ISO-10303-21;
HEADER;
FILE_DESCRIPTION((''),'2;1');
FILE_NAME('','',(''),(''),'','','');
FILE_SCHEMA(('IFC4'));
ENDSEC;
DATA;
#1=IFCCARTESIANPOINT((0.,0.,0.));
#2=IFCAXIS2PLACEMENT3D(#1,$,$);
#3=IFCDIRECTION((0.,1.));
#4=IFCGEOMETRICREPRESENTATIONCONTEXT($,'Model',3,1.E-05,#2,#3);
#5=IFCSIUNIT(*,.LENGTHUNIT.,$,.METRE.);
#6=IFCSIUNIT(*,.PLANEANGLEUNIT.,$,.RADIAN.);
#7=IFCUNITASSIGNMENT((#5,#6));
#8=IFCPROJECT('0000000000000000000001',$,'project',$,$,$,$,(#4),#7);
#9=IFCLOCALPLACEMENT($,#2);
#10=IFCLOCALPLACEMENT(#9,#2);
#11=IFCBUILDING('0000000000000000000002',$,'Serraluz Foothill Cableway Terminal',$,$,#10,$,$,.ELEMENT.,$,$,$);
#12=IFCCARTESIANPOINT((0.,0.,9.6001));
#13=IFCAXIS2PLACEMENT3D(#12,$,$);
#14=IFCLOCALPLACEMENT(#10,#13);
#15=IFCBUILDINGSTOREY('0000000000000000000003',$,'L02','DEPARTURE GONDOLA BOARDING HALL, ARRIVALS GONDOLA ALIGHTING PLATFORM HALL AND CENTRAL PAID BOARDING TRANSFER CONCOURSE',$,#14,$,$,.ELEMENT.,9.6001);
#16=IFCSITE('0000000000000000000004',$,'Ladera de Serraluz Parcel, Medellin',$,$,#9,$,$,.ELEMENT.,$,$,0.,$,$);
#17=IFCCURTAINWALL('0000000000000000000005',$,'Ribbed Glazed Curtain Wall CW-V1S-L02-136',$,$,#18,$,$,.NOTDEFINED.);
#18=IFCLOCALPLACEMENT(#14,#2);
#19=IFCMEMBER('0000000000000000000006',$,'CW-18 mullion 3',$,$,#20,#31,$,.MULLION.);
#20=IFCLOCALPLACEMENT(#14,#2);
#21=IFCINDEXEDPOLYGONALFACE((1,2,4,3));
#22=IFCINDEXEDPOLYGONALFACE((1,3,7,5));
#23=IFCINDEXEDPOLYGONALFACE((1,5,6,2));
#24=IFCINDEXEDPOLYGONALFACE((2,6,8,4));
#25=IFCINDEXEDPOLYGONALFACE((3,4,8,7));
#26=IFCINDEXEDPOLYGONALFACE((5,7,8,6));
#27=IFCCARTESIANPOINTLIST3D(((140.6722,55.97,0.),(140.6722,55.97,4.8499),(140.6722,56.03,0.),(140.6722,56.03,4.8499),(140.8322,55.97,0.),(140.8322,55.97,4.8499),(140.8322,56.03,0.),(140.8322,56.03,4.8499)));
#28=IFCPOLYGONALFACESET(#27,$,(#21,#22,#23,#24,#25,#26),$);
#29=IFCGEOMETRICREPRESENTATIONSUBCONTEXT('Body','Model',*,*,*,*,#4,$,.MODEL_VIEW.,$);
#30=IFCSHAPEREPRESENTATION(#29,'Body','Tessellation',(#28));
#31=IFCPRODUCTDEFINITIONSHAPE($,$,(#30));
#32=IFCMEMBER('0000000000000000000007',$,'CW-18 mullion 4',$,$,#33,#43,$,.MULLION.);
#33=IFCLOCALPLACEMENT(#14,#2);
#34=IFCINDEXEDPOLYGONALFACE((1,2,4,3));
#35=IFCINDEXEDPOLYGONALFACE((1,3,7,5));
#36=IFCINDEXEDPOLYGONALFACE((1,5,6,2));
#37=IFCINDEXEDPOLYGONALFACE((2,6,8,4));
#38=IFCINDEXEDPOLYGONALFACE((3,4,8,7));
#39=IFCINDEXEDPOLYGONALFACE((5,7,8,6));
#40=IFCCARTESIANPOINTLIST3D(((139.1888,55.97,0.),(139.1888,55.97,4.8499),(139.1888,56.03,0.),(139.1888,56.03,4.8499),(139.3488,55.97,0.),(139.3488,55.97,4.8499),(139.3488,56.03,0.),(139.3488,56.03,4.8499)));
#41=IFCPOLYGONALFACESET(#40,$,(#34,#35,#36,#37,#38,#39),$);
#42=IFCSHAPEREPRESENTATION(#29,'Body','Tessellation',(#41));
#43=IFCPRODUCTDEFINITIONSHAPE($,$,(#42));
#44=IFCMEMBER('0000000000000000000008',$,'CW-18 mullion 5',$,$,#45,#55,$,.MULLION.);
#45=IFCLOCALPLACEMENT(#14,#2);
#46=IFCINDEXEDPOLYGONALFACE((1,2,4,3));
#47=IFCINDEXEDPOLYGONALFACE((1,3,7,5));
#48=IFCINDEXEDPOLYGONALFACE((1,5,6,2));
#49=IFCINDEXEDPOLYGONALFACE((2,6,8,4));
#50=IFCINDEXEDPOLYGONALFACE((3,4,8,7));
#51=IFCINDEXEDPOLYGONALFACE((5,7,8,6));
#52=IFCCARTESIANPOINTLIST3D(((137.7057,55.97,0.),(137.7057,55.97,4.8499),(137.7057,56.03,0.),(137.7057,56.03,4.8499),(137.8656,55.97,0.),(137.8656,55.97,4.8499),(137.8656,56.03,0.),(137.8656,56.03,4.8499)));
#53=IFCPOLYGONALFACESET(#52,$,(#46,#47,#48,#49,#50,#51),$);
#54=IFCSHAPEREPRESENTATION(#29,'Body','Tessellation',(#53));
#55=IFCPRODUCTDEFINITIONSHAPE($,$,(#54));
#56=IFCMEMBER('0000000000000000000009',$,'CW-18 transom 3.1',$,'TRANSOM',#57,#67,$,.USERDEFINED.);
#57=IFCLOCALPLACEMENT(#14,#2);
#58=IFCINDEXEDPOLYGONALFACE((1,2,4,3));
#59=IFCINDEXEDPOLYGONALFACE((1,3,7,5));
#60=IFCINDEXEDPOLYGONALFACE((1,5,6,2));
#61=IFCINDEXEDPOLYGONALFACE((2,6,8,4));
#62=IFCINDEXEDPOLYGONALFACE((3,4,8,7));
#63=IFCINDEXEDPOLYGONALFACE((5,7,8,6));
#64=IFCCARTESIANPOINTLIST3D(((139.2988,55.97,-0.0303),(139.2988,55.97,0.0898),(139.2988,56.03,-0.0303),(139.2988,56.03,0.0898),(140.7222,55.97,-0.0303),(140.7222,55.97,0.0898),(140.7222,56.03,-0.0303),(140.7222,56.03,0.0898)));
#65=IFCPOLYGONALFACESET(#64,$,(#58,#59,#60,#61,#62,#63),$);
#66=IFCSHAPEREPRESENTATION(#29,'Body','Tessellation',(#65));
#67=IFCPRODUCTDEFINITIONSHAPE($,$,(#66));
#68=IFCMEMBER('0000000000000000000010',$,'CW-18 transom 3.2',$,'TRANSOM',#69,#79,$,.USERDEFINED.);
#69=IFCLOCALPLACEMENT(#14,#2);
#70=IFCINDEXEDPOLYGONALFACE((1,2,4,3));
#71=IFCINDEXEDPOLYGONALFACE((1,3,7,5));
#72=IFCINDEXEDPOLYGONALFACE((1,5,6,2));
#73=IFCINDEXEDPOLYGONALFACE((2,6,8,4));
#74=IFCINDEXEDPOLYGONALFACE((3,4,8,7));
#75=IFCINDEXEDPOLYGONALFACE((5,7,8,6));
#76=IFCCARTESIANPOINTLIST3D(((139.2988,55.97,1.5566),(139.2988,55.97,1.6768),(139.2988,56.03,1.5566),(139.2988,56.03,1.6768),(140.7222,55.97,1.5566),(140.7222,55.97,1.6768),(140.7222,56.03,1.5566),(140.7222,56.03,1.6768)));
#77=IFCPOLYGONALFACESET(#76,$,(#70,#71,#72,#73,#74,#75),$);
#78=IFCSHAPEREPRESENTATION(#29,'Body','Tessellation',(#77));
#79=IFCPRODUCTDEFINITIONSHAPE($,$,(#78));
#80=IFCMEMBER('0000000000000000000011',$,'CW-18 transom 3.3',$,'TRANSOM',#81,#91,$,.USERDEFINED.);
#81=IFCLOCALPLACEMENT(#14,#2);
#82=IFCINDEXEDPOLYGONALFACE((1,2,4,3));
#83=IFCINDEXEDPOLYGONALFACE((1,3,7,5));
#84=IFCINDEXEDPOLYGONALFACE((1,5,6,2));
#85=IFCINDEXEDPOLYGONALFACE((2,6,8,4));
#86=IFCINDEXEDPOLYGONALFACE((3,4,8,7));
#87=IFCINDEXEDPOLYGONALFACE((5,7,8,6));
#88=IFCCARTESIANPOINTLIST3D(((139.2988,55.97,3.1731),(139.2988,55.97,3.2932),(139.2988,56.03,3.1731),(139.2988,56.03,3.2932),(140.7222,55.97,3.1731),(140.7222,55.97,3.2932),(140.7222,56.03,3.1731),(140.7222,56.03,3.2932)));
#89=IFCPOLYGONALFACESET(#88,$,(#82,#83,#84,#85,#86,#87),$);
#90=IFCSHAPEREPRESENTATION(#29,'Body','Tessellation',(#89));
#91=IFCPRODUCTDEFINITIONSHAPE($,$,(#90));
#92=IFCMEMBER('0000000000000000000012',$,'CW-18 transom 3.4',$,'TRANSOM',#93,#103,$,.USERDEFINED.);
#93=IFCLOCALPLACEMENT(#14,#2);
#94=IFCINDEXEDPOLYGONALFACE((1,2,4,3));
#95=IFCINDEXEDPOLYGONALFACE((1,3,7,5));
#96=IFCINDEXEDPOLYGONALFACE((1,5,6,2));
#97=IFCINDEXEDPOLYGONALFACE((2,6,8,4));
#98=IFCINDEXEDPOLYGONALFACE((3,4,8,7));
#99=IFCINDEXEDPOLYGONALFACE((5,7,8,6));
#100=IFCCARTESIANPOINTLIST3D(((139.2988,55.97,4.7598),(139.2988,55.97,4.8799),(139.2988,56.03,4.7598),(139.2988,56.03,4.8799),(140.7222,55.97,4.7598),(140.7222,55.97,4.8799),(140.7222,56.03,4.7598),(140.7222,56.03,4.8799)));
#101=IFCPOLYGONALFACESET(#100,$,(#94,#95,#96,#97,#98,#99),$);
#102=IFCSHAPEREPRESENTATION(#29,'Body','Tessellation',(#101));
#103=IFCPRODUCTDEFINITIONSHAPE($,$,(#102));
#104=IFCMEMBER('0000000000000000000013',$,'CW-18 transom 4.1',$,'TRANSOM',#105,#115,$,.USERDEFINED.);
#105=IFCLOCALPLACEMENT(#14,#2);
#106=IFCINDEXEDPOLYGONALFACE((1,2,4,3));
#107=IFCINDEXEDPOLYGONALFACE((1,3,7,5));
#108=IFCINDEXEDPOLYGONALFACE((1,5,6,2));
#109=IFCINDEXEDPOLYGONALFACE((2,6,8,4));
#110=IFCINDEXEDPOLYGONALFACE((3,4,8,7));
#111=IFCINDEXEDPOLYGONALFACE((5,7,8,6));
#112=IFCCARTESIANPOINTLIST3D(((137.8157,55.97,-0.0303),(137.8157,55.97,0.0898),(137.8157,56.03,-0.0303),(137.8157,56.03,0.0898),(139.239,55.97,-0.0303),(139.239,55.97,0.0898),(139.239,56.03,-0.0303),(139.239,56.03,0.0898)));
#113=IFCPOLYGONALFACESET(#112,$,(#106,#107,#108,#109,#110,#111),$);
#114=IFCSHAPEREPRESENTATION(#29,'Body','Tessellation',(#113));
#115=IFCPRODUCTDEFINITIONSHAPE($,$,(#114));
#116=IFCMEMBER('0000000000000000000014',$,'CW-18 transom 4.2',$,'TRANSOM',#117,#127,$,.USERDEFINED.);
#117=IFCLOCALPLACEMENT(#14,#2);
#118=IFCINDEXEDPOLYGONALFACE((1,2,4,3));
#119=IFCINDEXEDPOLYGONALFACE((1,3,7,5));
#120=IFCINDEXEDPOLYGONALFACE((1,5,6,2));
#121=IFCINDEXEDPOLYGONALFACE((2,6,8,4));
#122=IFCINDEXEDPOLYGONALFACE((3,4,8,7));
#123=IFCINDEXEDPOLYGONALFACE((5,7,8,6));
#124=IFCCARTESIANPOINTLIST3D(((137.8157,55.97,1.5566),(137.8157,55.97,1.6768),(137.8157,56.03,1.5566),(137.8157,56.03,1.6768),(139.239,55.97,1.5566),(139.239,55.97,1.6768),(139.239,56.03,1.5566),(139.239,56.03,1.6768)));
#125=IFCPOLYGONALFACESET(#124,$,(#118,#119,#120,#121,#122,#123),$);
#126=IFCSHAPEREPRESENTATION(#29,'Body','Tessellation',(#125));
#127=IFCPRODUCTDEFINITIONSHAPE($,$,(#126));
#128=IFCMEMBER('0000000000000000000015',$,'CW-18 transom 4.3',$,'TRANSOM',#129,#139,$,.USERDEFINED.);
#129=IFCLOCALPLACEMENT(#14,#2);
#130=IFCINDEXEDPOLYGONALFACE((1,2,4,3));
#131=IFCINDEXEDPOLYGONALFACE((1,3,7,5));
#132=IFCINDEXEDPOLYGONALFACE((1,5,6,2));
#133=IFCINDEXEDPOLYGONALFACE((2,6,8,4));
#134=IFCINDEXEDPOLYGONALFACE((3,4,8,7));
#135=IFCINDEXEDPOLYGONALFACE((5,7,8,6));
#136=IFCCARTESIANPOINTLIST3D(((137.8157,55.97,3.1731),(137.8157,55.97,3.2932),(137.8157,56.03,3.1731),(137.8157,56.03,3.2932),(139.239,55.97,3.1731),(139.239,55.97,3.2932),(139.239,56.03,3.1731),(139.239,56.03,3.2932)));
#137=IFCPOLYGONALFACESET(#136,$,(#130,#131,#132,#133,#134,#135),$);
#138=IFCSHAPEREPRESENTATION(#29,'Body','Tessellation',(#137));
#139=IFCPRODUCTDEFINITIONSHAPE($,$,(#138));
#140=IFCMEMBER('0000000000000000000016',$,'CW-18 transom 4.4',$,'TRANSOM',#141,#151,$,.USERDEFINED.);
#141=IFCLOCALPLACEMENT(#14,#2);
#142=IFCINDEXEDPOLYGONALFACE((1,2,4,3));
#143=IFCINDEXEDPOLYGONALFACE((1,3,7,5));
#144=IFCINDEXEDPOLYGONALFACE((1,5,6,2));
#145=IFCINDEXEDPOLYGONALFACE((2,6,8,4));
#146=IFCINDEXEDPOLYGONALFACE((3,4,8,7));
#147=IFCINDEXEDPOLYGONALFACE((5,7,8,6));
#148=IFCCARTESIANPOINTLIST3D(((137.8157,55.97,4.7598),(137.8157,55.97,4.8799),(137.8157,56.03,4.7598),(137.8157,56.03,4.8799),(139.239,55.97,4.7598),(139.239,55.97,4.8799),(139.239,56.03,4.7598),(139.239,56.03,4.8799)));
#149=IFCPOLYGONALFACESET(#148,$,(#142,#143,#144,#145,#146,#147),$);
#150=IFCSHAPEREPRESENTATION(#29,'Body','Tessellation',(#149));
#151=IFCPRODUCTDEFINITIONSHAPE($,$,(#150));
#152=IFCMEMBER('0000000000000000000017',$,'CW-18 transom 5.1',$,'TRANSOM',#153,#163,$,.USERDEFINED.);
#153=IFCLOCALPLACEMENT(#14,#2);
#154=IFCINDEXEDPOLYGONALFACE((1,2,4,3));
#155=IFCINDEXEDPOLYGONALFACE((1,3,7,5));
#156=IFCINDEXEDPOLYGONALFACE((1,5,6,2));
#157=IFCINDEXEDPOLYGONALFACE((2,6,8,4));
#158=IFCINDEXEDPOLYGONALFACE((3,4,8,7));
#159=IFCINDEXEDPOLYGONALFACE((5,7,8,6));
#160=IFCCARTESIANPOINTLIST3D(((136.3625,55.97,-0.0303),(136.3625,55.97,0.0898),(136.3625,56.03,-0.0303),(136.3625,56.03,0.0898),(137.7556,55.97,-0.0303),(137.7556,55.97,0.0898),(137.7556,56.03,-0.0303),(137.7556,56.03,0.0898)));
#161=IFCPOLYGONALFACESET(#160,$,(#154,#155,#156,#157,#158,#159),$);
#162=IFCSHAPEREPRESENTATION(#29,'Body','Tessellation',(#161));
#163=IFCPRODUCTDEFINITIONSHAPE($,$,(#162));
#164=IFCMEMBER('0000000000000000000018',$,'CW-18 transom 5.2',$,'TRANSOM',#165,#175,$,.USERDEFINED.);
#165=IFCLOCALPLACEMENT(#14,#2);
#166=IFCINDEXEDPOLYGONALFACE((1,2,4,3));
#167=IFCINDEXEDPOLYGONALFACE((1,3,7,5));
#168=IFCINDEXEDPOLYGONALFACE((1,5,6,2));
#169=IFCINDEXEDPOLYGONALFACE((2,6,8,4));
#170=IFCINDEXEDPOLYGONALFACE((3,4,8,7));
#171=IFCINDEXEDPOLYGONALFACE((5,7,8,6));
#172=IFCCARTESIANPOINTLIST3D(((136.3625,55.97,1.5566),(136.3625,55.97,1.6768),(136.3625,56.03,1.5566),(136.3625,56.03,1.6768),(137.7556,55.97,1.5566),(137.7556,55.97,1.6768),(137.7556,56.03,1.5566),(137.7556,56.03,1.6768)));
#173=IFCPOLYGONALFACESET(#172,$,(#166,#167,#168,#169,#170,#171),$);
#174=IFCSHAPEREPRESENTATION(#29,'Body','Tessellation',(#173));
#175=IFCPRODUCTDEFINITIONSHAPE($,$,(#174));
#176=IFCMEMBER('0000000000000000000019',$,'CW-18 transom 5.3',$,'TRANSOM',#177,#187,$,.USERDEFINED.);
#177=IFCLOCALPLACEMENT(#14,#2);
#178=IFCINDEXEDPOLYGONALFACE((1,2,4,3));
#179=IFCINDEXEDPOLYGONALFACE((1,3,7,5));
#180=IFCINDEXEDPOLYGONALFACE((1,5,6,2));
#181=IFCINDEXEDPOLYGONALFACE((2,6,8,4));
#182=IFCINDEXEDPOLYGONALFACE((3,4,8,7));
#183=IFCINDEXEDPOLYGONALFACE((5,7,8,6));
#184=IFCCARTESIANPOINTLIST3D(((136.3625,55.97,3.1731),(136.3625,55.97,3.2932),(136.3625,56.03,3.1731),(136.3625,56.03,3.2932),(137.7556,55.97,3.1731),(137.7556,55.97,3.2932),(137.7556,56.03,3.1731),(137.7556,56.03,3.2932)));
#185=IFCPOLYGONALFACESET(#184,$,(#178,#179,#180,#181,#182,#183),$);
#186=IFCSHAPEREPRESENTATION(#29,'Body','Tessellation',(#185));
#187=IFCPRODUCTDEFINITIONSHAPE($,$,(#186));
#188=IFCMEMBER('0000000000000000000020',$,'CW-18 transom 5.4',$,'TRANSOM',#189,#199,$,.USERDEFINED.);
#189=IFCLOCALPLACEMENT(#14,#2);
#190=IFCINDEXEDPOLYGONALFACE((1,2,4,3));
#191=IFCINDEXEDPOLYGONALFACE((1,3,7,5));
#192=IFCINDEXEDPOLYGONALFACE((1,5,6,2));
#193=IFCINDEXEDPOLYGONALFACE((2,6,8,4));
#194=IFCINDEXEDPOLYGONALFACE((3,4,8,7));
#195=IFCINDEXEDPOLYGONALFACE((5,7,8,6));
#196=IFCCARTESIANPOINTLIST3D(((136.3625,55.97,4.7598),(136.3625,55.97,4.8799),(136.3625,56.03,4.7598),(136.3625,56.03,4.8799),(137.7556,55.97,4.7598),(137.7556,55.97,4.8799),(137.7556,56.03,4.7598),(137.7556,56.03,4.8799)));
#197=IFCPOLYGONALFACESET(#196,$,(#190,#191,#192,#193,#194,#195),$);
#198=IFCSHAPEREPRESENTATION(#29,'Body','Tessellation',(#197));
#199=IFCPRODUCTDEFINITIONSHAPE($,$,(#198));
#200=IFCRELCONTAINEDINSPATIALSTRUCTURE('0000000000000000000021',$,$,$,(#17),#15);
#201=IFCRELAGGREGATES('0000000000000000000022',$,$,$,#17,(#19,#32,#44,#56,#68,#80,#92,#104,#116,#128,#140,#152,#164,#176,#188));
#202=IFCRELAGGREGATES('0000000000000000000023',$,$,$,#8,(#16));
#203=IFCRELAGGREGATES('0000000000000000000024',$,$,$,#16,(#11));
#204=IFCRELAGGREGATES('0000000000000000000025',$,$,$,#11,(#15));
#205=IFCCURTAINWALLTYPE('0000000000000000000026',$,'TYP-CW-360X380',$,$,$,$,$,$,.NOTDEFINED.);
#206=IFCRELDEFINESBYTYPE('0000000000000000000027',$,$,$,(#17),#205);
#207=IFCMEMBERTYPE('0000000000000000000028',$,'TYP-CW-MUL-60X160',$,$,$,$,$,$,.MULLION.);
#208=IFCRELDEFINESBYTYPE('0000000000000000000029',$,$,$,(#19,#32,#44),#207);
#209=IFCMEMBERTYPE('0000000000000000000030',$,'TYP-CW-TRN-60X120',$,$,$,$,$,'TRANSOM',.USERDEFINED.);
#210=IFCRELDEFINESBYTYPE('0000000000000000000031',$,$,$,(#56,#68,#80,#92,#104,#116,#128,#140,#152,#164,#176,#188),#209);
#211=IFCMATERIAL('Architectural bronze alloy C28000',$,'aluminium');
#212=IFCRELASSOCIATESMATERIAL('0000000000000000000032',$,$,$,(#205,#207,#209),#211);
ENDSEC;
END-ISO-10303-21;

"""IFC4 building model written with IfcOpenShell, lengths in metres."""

from ifc_helpers import new_model, si_unit, direction, frame, origin, origin_2d, place, context, subcontext, project, spatial, rectangle, extrude, material, material_profile, profile_set, type_object, element, aggregate, save


model = new_model("IFC4")

# Units and contexts
model_context = context("Model", 3, precision=1e-05, world=origin(), true_north=direction((0.0, 1.0)))
body_context = subcontext(model_context, "Body", "Model", "MODEL_VIEW")
ifc_project = project(units=[si_unit("LENGTHUNIT", "METRE"), si_unit("PLANEANGLEUNIT", "RADIAN")], contexts=[model_context])

# Site, building, storey
site_placement = place(None, origin())
site = spatial("IfcSite", under=ifc_project, at=site_placement, Name="Ladera de Serraluz Parcel, Medellin", CompositionType="ELEMENT", RefElevation=0.0)
building_placement = place(site_placement, origin())
building = spatial("IfcBuilding", under=site, at=building_placement, Name="Serraluz Foothill Cableway Terminal", CompositionType="ELEMENT")
storey_placement = place(building_placement, frame((0.0, 0.0, 9.6001)))
storey = spatial("IfcBuildingStorey", under=building, at=storey_placement, Name="L02", Description="DEPARTURE GONDOLA BOARDING HALL, ARRIVALS GONDOLA ALIGHTING PLATFORM HALL AND CENTRAL PAID BOARDING TRANSFER CONCOURSE", CompositionType="ELEMENT", Elevation=9.6001)

# Curtain wall, members
ifc_material_1 = material(Name="Architectural bronze alloy C28000", Category="aluminium")
curtain_wall_type = type_object("IfcCurtainWallType", Name="TYP-CW-360X380", PredefinedType="NOTDEFINED", material=ifc_material_1)
curtain_wall_placement = place(storey_placement, origin())
curtain_wall = element("IfcCurtainWall", 1, at=curtain_wall_placement, inside=storey, type_object=curtain_wall_type, Name="Ribbed Glazed Curtain Wall CW-V1S-L02-136", PredefinedType="NOTDEFINED")
ifc_material_profile_1 = material_profile(ifc_material_1, rectangle(XDim=0.0601, YDim=0.1599, at=origin_2d()), Name="ALU MULLION 60x160")
ifc_profile_set_1 = profile_set([ifc_material_profile_1], Name="Architectural bronze alloy C28000")
member_type_1 = type_object("IfcMemberType", Name="TYP-CW-MUL-60X160", PredefinedType="MULLION", material=ifc_profile_set_1)
member_1_placement = place(storey_placement, frame((140.7522, 56.0, 0.0), z_axis=(0.0, 0.0, 1.0), x_axis=(0.0, -1.0, 0.0)))
member_1 = element("IfcMember", 2, at=member_1_placement, type_object=member_type_1, Name="CW-18 mullion 3", PredefinedType="MULLION", context=body_context, shape_type="SweptSolid", body=[
    extrude(rectangle(XDim=0.0601, YDim=0.1599, at=origin_2d()), origin(), (0.0, 0.0, 1.0), 4.8499),
])
member_2_placement = place(storey_placement, frame((139.2688, 56.0, 0.0), z_axis=(0.0, 0.0, 1.0), x_axis=(0.0, -1.0, 0.0)))
member_2 = element("IfcMember", 3, at=member_2_placement, type_object=member_type_1, Name="CW-18 mullion 4", PredefinedType="MULLION", context=body_context, shape_type="SweptSolid", body=[
    extrude(rectangle(XDim=0.0601, YDim=0.1599, at=origin_2d()), origin(), (0.0, 0.0, 1.0), 4.8499),
])
member_3_placement = place(storey_placement, frame((137.7856, 56.0, 0.0), z_axis=(0.0, 0.0, 1.0), x_axis=(0.0, -1.0, 0.0)))
member_3 = element("IfcMember", 4, at=member_3_placement, type_object=member_type_1, Name="CW-18 mullion 5", PredefinedType="MULLION", context=body_context, shape_type="SweptSolid", body=[
    extrude(rectangle(XDim=0.0601, YDim=0.1599, at=origin_2d()), origin(), (0.0, 0.0, 1.0), 4.8499),
])
ifc_material_profile_2 = material_profile(ifc_material_1, rectangle(XDim=0.0601, YDim=0.1201, at=origin_2d()), Name="ALU TRANSOM 60x120")
ifc_profile_set_2 = profile_set([ifc_material_profile_2], Name="Architectural bronze alloy C28000")
member_type_2 = type_object("IfcMemberType", Name="TYP-CW-TRN-60X120", ElementType="TRANSOM", PredefinedType="USERDEFINED", material=ifc_profile_set_2)
member_4_placement = place(storey_placement, frame((140.7222, 56.0, 0.0298), z_axis=(-1.0, 0.0, 0.0), x_axis=(0.0, -1.0, 0.0)))
member_4 = element("IfcMember", 5, at=member_4_placement, type_object=member_type_2, Name="CW-18 transom 3.1", ObjectType="TRANSOM", PredefinedType="USERDEFINED", context=body_context, shape_type="SweptSolid", body=[
    extrude(rectangle(XDim=0.0601, YDim=0.1201, at=origin_2d()), origin(), (0.0, 0.0, 1.0), 1.4233),
])
member_5_placement = place(storey_placement, frame((140.7222, 56.0, 1.6167), z_axis=(-1.0, 0.0, 0.0), x_axis=(0.0, -1.0, 0.0)))
member_5 = element("IfcMember", 6, at=member_5_placement, type_object=member_type_2, Name="CW-18 transom 3.2", ObjectType="TRANSOM", PredefinedType="USERDEFINED", context=body_context, shape_type="SweptSolid", body=[
    extrude(rectangle(XDim=0.0601, YDim=0.1201, at=origin_2d()), origin(), (0.0, 0.0, 1.0), 1.4233),
])
member_6_placement = place(storey_placement, frame((140.7222, 56.0, 3.2332), z_axis=(-1.0, 0.0, 0.0), x_axis=(0.0, -1.0, 0.0)))
member_6 = element("IfcMember", 7, at=member_6_placement, type_object=member_type_2, Name="CW-18 transom 3.3", ObjectType="TRANSOM", PredefinedType="USERDEFINED", context=body_context, shape_type="SweptSolid", body=[
    extrude(rectangle(XDim=0.0601, YDim=0.1201, at=origin_2d()), origin(), (0.0, 0.0, 1.0), 1.4233),
])
member_7_placement = place(storey_placement, frame((140.7222, 56.0, 4.8198), z_axis=(-1.0, 0.0, 0.0), x_axis=(0.0, -1.0, 0.0)))
member_7 = element("IfcMember", 8, at=member_7_placement, type_object=member_type_2, Name="CW-18 transom 3.4", ObjectType="TRANSOM", PredefinedType="USERDEFINED", context=body_context, shape_type="SweptSolid", body=[
    extrude(rectangle(XDim=0.0601, YDim=0.1201, at=origin_2d()), origin(), (0.0, 0.0, 1.0), 1.4233),
])
member_8_placement = place(storey_placement, frame((139.239, 56.0, 0.0298), z_axis=(-1.0, 0.0, 0.0), x_axis=(0.0, -1.0, 0.0)))
member_8 = element("IfcMember", 9, at=member_8_placement, type_object=member_type_2, Name="CW-18 transom 4.1", ObjectType="TRANSOM", PredefinedType="USERDEFINED", context=body_context, shape_type="SweptSolid", body=[
    extrude(rectangle(XDim=0.0601, YDim=0.1201, at=origin_2d()), origin(), (0.0, 0.0, 1.0), 1.4233),
])
member_9_placement = place(storey_placement, frame((139.239, 56.0, 1.6167), z_axis=(-1.0, 0.0, 0.0), x_axis=(0.0, -1.0, 0.0)))
member_9 = element("IfcMember", 10, at=member_9_placement, type_object=member_type_2, Name="CW-18 transom 4.2", ObjectType="TRANSOM", PredefinedType="USERDEFINED", context=body_context, shape_type="SweptSolid", body=[
    extrude(rectangle(XDim=0.0601, YDim=0.1201, at=origin_2d()), origin(), (0.0, 0.0, 1.0), 1.4233),
])
member_10_placement = place(storey_placement, frame((139.239, 56.0, 3.2332), z_axis=(-1.0, 0.0, 0.0), x_axis=(0.0, -1.0, 0.0)))
member_10 = element("IfcMember", 11, at=member_10_placement, type_object=member_type_2, Name="CW-18 transom 4.3", ObjectType="TRANSOM", PredefinedType="USERDEFINED", context=body_context, shape_type="SweptSolid", body=[
    extrude(rectangle(XDim=0.0601, YDim=0.1201, at=origin_2d()), origin(), (0.0, 0.0, 1.0), 1.4233),
])
member_11_placement = place(storey_placement, frame((139.239, 56.0, 4.8198), z_axis=(-1.0, 0.0, 0.0), x_axis=(0.0, -1.0, 0.0)))
member_11 = element("IfcMember", 12, at=member_11_placement, type_object=member_type_2, Name="CW-18 transom 4.4", ObjectType="TRANSOM", PredefinedType="USERDEFINED", context=body_context, shape_type="SweptSolid", body=[
    extrude(rectangle(XDim=0.0601, YDim=0.1201, at=origin_2d()), origin(), (0.0, 0.0, 1.0), 1.4233),
])
member_12_placement = place(storey_placement, frame((137.7556, 56.0, 0.0298), z_axis=(-1.0, 0.0, 0.0), x_axis=(0.0, -1.0, 0.0)))
member_12 = element("IfcMember", 13, at=member_12_placement, type_object=member_type_2, Name="CW-18 transom 5.1", ObjectType="TRANSOM", PredefinedType="USERDEFINED", context=body_context, shape_type="SweptSolid", body=[
    extrude(rectangle(XDim=0.0601, YDim=0.1201, at=origin_2d()), origin(), (0.0, 0.0, 1.0), 1.3931),
])
member_13_placement = place(storey_placement, frame((137.7556, 56.0, 1.6167), z_axis=(-1.0, 0.0, 0.0), x_axis=(0.0, -1.0, 0.0)))
member_13 = element("IfcMember", 14, at=member_13_placement, type_object=member_type_2, Name="CW-18 transom 5.2", ObjectType="TRANSOM", PredefinedType="USERDEFINED", context=body_context, shape_type="SweptSolid", body=[
    extrude(rectangle(XDim=0.0601, YDim=0.1201, at=origin_2d()), origin(), (0.0, 0.0, 1.0), 1.3931),
])
member_14_placement = place(storey_placement, frame((137.7556, 56.0, 3.2332), z_axis=(-1.0, 0.0, 0.0), x_axis=(0.0, -1.0, 0.0)))
member_14 = element("IfcMember", 15, at=member_14_placement, type_object=member_type_2, Name="CW-18 transom 5.3", ObjectType="TRANSOM", PredefinedType="USERDEFINED", context=body_context, shape_type="SweptSolid", body=[
    extrude(rectangle(XDim=0.0601, YDim=0.1201, at=origin_2d()), origin(), (0.0, 0.0, 1.0), 1.3931),
])
member_15_placement = place(storey_placement, frame((137.7556, 56.0, 4.8198), z_axis=(-1.0, 0.0, 0.0), x_axis=(0.0, -1.0, 0.0)))
member_15 = element("IfcMember", 16, at=member_15_placement, type_object=member_type_2, Name="CW-18 transom 5.4", ObjectType="TRANSOM", PredefinedType="USERDEFINED", context=body_context, shape_type="SweptSolid", body=[
    extrude(rectangle(XDim=0.0601, YDim=0.1201, at=origin_2d()), origin(), (0.0, 0.0, 1.0), 1.3931),
])
aggregate(curtain_wall, [member_1, member_2, member_3, member_4, member_5, member_6, member_7, member_8, member_9, member_10, member_11, member_12, member_13, member_14, member_15])

save(model, "model.ifc")
